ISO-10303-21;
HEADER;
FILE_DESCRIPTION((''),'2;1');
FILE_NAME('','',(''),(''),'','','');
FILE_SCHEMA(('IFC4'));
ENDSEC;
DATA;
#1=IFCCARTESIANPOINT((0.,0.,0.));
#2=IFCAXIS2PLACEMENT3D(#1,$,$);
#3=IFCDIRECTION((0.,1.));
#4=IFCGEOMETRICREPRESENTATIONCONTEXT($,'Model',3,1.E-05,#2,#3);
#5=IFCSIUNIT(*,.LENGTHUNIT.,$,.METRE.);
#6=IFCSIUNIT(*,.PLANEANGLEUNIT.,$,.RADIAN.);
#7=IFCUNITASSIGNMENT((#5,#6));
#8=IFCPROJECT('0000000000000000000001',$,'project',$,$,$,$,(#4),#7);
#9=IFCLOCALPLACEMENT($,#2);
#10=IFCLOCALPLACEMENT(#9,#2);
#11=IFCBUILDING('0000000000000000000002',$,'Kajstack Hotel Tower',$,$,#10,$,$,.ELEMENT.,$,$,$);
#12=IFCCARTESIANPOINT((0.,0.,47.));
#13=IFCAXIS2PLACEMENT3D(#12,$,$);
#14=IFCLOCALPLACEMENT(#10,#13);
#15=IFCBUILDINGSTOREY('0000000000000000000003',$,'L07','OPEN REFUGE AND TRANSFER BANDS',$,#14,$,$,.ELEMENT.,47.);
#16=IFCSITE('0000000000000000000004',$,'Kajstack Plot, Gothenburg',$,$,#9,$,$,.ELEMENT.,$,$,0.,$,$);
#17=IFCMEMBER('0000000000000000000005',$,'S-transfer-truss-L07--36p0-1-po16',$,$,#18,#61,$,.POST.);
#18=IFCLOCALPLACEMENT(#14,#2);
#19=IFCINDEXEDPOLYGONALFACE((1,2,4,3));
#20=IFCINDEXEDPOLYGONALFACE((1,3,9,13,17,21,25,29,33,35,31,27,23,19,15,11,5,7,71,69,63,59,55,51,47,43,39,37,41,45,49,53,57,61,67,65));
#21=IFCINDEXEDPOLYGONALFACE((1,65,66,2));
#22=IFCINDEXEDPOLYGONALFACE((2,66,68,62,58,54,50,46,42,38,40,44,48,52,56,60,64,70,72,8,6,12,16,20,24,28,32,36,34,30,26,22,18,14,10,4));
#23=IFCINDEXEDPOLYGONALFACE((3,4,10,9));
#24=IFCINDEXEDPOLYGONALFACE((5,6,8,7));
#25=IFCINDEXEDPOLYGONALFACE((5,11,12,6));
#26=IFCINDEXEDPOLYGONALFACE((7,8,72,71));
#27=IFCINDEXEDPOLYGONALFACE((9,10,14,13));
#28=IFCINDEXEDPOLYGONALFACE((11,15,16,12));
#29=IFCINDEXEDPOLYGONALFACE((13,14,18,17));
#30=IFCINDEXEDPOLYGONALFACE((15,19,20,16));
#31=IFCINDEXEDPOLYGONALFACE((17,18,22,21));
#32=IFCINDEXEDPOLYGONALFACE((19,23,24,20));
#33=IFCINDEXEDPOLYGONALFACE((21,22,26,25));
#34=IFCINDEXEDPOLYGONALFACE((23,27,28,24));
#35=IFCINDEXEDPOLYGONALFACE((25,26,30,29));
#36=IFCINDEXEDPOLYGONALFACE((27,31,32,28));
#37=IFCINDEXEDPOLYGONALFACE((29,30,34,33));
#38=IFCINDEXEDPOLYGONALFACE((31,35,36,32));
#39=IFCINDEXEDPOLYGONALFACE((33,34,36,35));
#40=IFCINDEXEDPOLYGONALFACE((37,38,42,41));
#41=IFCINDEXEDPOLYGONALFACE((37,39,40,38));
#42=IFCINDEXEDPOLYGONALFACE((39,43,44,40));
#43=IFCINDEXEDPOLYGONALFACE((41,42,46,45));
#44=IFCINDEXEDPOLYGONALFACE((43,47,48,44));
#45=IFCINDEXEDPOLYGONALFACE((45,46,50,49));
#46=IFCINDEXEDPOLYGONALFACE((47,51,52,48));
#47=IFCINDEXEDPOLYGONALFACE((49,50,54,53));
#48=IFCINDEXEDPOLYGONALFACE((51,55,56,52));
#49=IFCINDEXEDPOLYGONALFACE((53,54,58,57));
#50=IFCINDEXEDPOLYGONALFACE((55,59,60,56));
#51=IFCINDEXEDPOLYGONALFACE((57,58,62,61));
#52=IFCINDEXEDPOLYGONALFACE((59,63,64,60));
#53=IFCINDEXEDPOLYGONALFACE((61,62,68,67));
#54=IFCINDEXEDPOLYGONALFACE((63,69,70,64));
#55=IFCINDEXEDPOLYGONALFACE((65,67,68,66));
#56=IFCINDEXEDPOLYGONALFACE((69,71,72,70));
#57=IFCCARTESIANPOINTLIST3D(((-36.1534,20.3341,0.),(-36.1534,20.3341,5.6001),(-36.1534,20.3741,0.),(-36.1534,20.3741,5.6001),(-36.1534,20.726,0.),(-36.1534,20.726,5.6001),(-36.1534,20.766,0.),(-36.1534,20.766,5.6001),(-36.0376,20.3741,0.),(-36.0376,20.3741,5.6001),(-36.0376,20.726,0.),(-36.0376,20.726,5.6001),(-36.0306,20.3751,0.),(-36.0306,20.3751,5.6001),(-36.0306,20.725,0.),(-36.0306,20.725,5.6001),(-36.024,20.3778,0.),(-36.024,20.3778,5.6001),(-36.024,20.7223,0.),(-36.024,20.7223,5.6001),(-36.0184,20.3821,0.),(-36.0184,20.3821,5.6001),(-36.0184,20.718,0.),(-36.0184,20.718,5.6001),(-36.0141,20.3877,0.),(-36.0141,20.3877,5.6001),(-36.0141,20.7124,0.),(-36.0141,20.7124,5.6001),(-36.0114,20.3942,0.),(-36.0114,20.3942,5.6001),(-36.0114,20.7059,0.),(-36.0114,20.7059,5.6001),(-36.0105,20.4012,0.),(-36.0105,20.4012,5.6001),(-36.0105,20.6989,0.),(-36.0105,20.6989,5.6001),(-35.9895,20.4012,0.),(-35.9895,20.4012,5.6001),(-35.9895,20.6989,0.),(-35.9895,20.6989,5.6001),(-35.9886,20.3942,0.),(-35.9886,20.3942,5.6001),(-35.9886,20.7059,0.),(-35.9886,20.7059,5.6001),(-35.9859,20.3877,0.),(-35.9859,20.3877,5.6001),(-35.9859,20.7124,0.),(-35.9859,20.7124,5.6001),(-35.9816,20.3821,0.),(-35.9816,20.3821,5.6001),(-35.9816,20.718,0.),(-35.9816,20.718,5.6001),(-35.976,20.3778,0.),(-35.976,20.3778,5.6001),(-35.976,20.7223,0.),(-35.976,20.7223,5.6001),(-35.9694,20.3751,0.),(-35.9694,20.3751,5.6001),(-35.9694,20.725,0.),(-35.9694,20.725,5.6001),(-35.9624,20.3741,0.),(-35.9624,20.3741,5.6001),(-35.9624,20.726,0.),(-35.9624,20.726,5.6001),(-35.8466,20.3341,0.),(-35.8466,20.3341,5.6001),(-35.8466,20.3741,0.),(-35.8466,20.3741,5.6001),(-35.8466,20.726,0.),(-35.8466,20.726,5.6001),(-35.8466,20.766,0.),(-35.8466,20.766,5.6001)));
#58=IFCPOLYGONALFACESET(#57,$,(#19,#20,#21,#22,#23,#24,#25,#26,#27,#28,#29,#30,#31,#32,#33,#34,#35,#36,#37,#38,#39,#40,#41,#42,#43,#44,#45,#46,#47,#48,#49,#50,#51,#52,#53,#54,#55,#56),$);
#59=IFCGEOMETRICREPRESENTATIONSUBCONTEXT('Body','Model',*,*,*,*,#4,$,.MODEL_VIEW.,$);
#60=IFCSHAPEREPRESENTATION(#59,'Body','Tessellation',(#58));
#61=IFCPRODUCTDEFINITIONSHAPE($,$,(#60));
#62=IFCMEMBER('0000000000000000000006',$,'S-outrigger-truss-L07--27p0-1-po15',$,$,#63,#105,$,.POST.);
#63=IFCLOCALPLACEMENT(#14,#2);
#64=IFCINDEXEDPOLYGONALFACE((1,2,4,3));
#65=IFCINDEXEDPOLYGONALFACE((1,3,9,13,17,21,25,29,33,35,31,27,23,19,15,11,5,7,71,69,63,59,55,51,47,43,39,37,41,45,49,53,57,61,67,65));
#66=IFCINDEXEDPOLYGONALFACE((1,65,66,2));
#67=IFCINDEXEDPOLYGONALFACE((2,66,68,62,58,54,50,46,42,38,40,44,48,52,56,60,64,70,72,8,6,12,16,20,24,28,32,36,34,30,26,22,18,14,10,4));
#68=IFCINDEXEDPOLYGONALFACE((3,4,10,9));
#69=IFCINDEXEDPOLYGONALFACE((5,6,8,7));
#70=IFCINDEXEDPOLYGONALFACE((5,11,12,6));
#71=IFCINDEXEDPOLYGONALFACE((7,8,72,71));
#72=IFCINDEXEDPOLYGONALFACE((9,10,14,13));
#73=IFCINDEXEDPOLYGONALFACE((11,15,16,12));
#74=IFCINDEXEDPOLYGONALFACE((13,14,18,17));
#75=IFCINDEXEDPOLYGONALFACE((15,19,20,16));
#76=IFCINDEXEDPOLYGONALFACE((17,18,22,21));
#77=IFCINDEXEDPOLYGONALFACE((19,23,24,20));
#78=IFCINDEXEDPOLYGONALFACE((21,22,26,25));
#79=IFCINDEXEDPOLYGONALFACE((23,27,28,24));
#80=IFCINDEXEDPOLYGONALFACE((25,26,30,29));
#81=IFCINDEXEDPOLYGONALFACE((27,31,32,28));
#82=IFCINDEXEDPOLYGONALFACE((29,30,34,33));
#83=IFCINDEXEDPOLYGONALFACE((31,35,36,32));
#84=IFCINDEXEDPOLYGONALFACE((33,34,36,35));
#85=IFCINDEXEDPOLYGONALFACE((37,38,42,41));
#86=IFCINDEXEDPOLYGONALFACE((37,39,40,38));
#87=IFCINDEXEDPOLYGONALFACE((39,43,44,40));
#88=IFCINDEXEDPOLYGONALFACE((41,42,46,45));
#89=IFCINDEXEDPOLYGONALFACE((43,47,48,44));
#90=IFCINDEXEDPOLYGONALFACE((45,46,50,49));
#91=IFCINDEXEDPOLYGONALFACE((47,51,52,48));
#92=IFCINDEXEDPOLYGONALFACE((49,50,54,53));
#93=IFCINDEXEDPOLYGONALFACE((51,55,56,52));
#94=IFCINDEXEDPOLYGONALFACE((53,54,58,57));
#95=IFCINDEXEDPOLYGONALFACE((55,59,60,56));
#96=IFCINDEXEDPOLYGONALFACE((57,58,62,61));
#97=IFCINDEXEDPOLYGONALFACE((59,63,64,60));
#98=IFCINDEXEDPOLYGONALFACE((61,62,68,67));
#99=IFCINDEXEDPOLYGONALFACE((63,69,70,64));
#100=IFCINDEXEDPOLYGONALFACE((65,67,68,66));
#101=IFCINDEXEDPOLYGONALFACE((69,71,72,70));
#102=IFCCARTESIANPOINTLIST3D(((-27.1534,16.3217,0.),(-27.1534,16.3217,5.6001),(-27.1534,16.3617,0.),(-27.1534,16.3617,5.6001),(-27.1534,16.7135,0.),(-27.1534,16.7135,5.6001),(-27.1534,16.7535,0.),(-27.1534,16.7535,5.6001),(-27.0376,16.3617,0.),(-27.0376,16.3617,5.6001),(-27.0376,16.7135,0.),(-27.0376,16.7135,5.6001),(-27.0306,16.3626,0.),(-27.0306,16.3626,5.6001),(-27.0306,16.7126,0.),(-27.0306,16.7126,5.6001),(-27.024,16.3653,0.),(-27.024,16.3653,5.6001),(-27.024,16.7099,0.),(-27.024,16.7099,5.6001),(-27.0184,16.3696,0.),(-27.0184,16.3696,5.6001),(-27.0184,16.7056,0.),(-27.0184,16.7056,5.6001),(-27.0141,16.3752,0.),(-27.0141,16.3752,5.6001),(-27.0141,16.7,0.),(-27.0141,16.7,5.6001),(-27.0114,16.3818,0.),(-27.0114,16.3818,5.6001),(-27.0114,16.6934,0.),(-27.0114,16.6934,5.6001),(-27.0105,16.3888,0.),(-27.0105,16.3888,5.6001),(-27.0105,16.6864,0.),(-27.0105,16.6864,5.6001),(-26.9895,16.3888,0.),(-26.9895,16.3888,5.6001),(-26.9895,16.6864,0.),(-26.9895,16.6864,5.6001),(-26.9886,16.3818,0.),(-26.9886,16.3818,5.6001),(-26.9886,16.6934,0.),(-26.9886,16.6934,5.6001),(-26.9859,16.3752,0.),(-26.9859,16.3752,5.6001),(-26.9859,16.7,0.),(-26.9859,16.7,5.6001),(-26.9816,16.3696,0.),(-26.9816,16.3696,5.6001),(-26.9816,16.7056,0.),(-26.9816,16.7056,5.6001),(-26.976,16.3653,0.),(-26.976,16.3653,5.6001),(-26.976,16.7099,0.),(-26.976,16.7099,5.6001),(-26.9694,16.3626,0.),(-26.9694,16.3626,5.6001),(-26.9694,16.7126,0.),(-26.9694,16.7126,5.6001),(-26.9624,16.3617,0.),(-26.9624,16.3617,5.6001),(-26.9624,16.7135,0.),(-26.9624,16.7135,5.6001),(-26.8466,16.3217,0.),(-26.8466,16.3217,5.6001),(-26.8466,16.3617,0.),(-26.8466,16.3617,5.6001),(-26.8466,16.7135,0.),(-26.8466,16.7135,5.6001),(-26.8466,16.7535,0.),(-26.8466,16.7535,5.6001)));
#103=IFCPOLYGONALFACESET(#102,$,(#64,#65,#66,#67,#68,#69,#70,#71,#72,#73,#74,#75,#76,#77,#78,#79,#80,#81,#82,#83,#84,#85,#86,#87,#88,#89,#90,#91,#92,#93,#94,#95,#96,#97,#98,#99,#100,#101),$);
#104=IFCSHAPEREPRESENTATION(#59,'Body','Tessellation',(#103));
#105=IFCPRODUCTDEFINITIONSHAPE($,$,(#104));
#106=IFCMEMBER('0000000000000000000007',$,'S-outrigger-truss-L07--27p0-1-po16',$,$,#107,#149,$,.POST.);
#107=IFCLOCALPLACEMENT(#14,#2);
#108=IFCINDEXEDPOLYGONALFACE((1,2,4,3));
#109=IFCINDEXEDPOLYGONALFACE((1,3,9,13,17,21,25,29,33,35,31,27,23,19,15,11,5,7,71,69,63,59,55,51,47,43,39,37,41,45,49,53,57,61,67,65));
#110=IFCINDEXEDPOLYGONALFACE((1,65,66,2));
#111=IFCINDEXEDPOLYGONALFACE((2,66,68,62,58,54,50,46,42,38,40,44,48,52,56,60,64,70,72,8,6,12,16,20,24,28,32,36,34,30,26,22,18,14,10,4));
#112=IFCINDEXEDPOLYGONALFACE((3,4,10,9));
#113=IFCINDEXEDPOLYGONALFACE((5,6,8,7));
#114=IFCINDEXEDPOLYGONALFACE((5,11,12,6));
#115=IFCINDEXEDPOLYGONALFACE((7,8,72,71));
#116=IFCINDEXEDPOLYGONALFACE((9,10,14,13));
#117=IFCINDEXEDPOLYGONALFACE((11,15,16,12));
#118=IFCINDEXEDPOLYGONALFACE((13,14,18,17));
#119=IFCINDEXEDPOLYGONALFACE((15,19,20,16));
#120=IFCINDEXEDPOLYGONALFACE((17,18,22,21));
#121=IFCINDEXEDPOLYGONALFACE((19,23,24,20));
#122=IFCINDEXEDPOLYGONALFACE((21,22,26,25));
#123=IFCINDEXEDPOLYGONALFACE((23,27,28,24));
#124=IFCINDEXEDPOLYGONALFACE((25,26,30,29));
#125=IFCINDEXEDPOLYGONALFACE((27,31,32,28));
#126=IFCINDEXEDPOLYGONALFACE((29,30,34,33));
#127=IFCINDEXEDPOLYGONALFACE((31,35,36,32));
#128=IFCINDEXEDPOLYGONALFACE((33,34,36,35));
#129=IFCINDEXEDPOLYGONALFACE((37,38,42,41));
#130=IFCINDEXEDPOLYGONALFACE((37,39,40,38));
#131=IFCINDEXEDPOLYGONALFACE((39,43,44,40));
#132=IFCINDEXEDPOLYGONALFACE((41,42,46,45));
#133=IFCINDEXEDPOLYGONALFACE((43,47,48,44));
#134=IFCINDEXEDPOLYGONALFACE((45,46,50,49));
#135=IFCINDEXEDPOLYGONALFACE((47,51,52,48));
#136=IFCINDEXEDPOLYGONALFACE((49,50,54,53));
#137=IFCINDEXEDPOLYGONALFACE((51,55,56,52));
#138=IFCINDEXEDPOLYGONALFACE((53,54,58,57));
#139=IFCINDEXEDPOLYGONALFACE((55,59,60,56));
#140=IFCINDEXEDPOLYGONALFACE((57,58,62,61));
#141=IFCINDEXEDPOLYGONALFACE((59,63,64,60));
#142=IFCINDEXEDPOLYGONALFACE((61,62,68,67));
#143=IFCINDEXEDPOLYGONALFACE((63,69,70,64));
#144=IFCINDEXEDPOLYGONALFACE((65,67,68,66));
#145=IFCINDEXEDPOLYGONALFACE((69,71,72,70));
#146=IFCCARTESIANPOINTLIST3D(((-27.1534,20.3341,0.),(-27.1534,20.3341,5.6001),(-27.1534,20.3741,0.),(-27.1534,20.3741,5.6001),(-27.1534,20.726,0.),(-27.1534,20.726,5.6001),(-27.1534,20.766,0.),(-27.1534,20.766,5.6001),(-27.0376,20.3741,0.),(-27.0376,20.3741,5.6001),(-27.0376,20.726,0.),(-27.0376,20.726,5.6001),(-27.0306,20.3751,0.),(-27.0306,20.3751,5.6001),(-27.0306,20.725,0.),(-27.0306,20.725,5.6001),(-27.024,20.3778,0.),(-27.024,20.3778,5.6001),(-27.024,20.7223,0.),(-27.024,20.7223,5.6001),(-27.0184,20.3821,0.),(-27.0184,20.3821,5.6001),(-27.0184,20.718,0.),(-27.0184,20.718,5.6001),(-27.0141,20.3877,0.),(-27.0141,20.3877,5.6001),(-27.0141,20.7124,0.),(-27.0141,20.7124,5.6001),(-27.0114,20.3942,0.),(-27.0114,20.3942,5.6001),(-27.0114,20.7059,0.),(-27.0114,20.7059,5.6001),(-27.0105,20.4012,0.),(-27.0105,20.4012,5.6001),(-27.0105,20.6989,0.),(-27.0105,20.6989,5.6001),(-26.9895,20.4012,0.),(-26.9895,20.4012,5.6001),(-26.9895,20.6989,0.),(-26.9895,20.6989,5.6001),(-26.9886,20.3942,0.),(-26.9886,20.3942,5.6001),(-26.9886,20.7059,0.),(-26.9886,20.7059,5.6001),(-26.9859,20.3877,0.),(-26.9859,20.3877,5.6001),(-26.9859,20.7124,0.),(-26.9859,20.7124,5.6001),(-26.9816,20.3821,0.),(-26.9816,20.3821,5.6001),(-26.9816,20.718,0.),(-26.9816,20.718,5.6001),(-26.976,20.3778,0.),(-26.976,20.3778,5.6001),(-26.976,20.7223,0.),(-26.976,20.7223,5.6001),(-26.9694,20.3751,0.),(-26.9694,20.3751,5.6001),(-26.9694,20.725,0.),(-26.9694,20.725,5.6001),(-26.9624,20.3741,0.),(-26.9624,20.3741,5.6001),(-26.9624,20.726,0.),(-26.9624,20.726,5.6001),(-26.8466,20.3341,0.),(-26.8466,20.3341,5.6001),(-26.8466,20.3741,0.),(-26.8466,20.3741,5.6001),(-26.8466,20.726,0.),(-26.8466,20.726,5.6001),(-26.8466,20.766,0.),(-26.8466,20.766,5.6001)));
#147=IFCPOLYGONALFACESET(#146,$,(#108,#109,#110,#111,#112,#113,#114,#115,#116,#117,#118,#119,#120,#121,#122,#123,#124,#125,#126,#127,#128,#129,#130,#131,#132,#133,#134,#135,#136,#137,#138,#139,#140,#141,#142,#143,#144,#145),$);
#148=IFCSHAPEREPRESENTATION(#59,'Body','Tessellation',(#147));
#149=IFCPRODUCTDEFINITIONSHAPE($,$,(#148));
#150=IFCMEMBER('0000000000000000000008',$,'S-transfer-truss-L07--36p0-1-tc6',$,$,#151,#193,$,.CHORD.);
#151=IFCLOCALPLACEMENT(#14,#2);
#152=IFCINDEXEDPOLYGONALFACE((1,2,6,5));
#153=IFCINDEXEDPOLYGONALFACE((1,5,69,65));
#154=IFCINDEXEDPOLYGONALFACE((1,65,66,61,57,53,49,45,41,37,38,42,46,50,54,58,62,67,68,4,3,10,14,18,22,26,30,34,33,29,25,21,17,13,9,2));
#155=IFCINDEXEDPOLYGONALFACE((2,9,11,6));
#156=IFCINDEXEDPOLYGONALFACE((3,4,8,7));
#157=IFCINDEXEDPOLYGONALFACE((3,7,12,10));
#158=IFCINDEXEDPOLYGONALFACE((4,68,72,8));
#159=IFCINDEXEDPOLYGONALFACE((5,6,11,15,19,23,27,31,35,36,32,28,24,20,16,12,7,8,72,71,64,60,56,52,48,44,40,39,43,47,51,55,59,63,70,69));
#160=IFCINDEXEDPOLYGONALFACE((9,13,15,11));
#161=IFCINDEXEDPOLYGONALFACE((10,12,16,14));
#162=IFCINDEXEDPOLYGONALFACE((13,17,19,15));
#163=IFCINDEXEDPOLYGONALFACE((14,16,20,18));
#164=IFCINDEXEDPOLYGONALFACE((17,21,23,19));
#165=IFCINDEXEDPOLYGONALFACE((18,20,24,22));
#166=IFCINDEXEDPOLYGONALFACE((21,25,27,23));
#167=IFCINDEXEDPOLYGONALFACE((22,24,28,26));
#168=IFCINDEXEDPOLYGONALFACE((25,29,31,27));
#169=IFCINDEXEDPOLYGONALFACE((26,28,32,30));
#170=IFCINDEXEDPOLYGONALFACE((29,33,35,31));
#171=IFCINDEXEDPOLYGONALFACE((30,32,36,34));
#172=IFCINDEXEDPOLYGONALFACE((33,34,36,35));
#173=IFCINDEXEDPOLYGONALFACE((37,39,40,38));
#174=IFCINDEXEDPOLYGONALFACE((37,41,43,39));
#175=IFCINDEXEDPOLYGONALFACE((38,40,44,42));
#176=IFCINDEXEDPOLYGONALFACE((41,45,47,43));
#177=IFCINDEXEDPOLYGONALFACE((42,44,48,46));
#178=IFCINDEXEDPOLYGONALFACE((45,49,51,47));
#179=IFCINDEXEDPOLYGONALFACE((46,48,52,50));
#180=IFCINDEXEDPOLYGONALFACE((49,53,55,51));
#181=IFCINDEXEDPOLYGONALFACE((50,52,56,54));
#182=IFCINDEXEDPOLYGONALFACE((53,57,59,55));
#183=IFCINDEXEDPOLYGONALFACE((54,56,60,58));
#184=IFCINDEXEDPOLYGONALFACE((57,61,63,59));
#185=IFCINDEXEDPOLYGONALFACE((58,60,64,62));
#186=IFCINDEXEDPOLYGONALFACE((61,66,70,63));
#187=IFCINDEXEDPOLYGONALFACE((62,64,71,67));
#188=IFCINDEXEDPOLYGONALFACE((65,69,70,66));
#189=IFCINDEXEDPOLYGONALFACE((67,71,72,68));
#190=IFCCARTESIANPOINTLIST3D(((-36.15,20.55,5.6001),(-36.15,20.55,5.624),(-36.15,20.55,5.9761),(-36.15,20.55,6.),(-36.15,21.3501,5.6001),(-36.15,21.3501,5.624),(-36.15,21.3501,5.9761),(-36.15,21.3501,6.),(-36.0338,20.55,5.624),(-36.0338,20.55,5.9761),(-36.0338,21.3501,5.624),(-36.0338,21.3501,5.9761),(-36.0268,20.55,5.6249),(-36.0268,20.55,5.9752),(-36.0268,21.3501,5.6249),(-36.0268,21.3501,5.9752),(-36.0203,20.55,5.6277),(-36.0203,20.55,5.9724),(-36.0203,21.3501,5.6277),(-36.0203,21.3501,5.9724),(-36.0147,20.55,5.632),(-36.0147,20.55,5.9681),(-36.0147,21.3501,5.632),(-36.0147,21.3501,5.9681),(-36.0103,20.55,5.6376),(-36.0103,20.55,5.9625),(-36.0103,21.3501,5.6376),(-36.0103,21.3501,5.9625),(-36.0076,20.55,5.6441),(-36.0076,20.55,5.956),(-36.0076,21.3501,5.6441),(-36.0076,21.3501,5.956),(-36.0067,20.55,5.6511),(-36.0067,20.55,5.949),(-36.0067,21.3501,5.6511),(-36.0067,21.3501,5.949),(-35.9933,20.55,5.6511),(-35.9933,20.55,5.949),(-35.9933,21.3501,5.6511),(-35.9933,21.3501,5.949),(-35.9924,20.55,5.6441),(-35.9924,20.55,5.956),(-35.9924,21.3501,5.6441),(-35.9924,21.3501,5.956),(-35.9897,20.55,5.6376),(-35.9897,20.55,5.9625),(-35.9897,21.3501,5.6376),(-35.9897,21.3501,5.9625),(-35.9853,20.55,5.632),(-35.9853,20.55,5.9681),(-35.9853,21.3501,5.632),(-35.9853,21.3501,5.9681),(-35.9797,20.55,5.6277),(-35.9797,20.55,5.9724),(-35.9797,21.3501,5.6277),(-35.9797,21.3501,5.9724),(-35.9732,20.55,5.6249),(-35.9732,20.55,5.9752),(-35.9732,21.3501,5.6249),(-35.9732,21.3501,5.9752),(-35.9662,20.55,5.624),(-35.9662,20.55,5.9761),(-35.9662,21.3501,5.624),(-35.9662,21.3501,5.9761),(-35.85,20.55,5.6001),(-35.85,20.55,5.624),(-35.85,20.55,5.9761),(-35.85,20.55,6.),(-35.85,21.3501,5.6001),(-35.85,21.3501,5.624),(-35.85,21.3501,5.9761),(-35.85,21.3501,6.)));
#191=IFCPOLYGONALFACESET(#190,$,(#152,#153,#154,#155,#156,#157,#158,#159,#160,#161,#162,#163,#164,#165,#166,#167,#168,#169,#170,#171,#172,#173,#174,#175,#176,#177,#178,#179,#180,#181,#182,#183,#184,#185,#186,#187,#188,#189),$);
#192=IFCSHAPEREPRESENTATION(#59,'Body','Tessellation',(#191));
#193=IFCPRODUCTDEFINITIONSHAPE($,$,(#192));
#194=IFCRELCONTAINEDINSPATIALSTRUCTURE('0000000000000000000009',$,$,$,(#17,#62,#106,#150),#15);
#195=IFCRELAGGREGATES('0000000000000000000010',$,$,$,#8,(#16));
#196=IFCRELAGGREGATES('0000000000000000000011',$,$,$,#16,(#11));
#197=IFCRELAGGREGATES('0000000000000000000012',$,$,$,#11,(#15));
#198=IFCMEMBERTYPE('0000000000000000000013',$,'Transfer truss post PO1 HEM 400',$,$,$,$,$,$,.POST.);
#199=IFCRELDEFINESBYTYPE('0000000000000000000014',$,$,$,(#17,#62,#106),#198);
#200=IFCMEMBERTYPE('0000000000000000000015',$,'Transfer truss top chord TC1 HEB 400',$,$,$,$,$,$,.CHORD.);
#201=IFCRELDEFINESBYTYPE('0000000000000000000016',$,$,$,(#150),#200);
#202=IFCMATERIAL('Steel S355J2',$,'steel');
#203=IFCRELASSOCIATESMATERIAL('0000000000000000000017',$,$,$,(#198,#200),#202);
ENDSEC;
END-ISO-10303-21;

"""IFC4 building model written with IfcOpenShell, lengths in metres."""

from ifc_helpers import new_model, si_unit, direction, frame, origin, origin_2d, place, context, subcontext, project, spatial, i_section, extrude, material, material_profile, profile_set, type_object, element, save


model = new_model("IFC4")

# Units and contexts
model_context = context("Model", 3, precision=1e-05, world=origin(), true_north=direction((0.0, 1.0)))
body_context = subcontext(model_context, "Body", "Model", "MODEL_VIEW")
ifc_project = project(units=[si_unit("LENGTHUNIT", "METRE"), si_unit("PLANEANGLEUNIT", "RADIAN")], contexts=[model_context])

# Site, building, storey
site_placement = place(None, origin())
site = spatial("IfcSite", under=ifc_project, at=site_placement, Name="Kajstack Plot, Gothenburg", CompositionType="ELEMENT", RefElevation=0.0)
building_placement = place(site_placement, origin())
building = spatial("IfcBuilding", under=site, at=building_placement, Name="Kajstack Hotel Tower", CompositionType="ELEMENT")
storey_placement = place(building_placement, frame((0.0, 0.0, 47.0)))
storey = spatial("IfcBuildingStorey", under=building, at=storey_placement, Name="L07", Description="OPEN REFUGE AND TRANSFER BANDS", CompositionType="ELEMENT", Elevation=47.0)

# Members
ifc_material = material(Name="Steel S355J2", Category="steel")
ifc_material_profile_1 = material_profile(ifc_material, i_section(OverallWidth=0.3069, OverallDepth=0.4319, WebThickness=0.021, FlangeThickness=0.04, FilletRadius=0.0271, at=origin_2d()), Name="HEM 400")
ifc_profile_set_1 = profile_set([ifc_material_profile_1], Name="Steel S355J2")
member_type_1 = type_object("IfcMemberType", Name="Transfer truss post PO1 HEM 400", PredefinedType="POST", material=ifc_profile_set_1)
for number, where, z_axis, x_axis, name in (
    (1, (-36.0, 20.55, 0.0), (0.0, 0.0, 1.0), (1.0, 0.0, 0.0), "S-transfer-truss-L07--36p0-1-po16"),
    (2, (-27.0, 16.5376, 0.0), (0.0, 0.0, 1.0), (1.0, 0.0, 0.0), "S-outrigger-truss-L07--27p0-1-po15"),
    (3, (-27.0, 20.55, 0.0), (0.0, 0.0, 1.0), (1.0, 0.0, 0.0), "S-outrigger-truss-L07--27p0-1-po16"),
):
    element("IfcMember", number, at=place(storey_placement, frame(where, z_axis=z_axis, x_axis=x_axis)), inside=storey, type_object=member_type_1, Name=name, PredefinedType="POST", context=body_context, shape_type="SweptSolid", body=[
        extrude(i_section(OverallWidth=0.3069, OverallDepth=0.4319, WebThickness=0.021, FlangeThickness=0.04, FilletRadius=0.0271, at=origin_2d()), origin(), (0.0, 0.0, 1.0), 5.6001),
    ])
ifc_material_profile_2 = material_profile(ifc_material, i_section(OverallWidth=0.3, OverallDepth=0.3999, WebThickness=0.0134, FlangeThickness=0.0239, FilletRadius=0.0271, at=origin_2d()), Name="HEB 400")
ifc_profile_set_2 = profile_set([ifc_material_profile_2], Name="Steel S355J2")
member_type_2 = type_object("IfcMemberType", Name="Transfer truss top chord TC1 HEB 400", PredefinedType="CHORD", material=ifc_profile_set_2)
for number, where, z_axis, x_axis, name in (
    (4, (-36.0, 20.55, 5.8), (0.0, 1.0, 0.0), (-1.0, 0.0, 0.0), "S-transfer-truss-L07--36p0-1-tc6"),
):
    element("IfcMember", number, at=place(storey_placement, frame(where, z_axis=z_axis, x_axis=x_axis)), inside=storey, type_object=member_type_2, Name=name, PredefinedType="CHORD", context=body_context, shape_type="SweptSolid", body=[
        extrude(i_section(OverallWidth=0.3, OverallDepth=0.3999, WebThickness=0.0134, FlangeThickness=0.0239, FilletRadius=0.0271, at=origin_2d()), origin(), (0.0, 0.0, 1.0), 0.8),
    ])

save(model, "model.ifc")
